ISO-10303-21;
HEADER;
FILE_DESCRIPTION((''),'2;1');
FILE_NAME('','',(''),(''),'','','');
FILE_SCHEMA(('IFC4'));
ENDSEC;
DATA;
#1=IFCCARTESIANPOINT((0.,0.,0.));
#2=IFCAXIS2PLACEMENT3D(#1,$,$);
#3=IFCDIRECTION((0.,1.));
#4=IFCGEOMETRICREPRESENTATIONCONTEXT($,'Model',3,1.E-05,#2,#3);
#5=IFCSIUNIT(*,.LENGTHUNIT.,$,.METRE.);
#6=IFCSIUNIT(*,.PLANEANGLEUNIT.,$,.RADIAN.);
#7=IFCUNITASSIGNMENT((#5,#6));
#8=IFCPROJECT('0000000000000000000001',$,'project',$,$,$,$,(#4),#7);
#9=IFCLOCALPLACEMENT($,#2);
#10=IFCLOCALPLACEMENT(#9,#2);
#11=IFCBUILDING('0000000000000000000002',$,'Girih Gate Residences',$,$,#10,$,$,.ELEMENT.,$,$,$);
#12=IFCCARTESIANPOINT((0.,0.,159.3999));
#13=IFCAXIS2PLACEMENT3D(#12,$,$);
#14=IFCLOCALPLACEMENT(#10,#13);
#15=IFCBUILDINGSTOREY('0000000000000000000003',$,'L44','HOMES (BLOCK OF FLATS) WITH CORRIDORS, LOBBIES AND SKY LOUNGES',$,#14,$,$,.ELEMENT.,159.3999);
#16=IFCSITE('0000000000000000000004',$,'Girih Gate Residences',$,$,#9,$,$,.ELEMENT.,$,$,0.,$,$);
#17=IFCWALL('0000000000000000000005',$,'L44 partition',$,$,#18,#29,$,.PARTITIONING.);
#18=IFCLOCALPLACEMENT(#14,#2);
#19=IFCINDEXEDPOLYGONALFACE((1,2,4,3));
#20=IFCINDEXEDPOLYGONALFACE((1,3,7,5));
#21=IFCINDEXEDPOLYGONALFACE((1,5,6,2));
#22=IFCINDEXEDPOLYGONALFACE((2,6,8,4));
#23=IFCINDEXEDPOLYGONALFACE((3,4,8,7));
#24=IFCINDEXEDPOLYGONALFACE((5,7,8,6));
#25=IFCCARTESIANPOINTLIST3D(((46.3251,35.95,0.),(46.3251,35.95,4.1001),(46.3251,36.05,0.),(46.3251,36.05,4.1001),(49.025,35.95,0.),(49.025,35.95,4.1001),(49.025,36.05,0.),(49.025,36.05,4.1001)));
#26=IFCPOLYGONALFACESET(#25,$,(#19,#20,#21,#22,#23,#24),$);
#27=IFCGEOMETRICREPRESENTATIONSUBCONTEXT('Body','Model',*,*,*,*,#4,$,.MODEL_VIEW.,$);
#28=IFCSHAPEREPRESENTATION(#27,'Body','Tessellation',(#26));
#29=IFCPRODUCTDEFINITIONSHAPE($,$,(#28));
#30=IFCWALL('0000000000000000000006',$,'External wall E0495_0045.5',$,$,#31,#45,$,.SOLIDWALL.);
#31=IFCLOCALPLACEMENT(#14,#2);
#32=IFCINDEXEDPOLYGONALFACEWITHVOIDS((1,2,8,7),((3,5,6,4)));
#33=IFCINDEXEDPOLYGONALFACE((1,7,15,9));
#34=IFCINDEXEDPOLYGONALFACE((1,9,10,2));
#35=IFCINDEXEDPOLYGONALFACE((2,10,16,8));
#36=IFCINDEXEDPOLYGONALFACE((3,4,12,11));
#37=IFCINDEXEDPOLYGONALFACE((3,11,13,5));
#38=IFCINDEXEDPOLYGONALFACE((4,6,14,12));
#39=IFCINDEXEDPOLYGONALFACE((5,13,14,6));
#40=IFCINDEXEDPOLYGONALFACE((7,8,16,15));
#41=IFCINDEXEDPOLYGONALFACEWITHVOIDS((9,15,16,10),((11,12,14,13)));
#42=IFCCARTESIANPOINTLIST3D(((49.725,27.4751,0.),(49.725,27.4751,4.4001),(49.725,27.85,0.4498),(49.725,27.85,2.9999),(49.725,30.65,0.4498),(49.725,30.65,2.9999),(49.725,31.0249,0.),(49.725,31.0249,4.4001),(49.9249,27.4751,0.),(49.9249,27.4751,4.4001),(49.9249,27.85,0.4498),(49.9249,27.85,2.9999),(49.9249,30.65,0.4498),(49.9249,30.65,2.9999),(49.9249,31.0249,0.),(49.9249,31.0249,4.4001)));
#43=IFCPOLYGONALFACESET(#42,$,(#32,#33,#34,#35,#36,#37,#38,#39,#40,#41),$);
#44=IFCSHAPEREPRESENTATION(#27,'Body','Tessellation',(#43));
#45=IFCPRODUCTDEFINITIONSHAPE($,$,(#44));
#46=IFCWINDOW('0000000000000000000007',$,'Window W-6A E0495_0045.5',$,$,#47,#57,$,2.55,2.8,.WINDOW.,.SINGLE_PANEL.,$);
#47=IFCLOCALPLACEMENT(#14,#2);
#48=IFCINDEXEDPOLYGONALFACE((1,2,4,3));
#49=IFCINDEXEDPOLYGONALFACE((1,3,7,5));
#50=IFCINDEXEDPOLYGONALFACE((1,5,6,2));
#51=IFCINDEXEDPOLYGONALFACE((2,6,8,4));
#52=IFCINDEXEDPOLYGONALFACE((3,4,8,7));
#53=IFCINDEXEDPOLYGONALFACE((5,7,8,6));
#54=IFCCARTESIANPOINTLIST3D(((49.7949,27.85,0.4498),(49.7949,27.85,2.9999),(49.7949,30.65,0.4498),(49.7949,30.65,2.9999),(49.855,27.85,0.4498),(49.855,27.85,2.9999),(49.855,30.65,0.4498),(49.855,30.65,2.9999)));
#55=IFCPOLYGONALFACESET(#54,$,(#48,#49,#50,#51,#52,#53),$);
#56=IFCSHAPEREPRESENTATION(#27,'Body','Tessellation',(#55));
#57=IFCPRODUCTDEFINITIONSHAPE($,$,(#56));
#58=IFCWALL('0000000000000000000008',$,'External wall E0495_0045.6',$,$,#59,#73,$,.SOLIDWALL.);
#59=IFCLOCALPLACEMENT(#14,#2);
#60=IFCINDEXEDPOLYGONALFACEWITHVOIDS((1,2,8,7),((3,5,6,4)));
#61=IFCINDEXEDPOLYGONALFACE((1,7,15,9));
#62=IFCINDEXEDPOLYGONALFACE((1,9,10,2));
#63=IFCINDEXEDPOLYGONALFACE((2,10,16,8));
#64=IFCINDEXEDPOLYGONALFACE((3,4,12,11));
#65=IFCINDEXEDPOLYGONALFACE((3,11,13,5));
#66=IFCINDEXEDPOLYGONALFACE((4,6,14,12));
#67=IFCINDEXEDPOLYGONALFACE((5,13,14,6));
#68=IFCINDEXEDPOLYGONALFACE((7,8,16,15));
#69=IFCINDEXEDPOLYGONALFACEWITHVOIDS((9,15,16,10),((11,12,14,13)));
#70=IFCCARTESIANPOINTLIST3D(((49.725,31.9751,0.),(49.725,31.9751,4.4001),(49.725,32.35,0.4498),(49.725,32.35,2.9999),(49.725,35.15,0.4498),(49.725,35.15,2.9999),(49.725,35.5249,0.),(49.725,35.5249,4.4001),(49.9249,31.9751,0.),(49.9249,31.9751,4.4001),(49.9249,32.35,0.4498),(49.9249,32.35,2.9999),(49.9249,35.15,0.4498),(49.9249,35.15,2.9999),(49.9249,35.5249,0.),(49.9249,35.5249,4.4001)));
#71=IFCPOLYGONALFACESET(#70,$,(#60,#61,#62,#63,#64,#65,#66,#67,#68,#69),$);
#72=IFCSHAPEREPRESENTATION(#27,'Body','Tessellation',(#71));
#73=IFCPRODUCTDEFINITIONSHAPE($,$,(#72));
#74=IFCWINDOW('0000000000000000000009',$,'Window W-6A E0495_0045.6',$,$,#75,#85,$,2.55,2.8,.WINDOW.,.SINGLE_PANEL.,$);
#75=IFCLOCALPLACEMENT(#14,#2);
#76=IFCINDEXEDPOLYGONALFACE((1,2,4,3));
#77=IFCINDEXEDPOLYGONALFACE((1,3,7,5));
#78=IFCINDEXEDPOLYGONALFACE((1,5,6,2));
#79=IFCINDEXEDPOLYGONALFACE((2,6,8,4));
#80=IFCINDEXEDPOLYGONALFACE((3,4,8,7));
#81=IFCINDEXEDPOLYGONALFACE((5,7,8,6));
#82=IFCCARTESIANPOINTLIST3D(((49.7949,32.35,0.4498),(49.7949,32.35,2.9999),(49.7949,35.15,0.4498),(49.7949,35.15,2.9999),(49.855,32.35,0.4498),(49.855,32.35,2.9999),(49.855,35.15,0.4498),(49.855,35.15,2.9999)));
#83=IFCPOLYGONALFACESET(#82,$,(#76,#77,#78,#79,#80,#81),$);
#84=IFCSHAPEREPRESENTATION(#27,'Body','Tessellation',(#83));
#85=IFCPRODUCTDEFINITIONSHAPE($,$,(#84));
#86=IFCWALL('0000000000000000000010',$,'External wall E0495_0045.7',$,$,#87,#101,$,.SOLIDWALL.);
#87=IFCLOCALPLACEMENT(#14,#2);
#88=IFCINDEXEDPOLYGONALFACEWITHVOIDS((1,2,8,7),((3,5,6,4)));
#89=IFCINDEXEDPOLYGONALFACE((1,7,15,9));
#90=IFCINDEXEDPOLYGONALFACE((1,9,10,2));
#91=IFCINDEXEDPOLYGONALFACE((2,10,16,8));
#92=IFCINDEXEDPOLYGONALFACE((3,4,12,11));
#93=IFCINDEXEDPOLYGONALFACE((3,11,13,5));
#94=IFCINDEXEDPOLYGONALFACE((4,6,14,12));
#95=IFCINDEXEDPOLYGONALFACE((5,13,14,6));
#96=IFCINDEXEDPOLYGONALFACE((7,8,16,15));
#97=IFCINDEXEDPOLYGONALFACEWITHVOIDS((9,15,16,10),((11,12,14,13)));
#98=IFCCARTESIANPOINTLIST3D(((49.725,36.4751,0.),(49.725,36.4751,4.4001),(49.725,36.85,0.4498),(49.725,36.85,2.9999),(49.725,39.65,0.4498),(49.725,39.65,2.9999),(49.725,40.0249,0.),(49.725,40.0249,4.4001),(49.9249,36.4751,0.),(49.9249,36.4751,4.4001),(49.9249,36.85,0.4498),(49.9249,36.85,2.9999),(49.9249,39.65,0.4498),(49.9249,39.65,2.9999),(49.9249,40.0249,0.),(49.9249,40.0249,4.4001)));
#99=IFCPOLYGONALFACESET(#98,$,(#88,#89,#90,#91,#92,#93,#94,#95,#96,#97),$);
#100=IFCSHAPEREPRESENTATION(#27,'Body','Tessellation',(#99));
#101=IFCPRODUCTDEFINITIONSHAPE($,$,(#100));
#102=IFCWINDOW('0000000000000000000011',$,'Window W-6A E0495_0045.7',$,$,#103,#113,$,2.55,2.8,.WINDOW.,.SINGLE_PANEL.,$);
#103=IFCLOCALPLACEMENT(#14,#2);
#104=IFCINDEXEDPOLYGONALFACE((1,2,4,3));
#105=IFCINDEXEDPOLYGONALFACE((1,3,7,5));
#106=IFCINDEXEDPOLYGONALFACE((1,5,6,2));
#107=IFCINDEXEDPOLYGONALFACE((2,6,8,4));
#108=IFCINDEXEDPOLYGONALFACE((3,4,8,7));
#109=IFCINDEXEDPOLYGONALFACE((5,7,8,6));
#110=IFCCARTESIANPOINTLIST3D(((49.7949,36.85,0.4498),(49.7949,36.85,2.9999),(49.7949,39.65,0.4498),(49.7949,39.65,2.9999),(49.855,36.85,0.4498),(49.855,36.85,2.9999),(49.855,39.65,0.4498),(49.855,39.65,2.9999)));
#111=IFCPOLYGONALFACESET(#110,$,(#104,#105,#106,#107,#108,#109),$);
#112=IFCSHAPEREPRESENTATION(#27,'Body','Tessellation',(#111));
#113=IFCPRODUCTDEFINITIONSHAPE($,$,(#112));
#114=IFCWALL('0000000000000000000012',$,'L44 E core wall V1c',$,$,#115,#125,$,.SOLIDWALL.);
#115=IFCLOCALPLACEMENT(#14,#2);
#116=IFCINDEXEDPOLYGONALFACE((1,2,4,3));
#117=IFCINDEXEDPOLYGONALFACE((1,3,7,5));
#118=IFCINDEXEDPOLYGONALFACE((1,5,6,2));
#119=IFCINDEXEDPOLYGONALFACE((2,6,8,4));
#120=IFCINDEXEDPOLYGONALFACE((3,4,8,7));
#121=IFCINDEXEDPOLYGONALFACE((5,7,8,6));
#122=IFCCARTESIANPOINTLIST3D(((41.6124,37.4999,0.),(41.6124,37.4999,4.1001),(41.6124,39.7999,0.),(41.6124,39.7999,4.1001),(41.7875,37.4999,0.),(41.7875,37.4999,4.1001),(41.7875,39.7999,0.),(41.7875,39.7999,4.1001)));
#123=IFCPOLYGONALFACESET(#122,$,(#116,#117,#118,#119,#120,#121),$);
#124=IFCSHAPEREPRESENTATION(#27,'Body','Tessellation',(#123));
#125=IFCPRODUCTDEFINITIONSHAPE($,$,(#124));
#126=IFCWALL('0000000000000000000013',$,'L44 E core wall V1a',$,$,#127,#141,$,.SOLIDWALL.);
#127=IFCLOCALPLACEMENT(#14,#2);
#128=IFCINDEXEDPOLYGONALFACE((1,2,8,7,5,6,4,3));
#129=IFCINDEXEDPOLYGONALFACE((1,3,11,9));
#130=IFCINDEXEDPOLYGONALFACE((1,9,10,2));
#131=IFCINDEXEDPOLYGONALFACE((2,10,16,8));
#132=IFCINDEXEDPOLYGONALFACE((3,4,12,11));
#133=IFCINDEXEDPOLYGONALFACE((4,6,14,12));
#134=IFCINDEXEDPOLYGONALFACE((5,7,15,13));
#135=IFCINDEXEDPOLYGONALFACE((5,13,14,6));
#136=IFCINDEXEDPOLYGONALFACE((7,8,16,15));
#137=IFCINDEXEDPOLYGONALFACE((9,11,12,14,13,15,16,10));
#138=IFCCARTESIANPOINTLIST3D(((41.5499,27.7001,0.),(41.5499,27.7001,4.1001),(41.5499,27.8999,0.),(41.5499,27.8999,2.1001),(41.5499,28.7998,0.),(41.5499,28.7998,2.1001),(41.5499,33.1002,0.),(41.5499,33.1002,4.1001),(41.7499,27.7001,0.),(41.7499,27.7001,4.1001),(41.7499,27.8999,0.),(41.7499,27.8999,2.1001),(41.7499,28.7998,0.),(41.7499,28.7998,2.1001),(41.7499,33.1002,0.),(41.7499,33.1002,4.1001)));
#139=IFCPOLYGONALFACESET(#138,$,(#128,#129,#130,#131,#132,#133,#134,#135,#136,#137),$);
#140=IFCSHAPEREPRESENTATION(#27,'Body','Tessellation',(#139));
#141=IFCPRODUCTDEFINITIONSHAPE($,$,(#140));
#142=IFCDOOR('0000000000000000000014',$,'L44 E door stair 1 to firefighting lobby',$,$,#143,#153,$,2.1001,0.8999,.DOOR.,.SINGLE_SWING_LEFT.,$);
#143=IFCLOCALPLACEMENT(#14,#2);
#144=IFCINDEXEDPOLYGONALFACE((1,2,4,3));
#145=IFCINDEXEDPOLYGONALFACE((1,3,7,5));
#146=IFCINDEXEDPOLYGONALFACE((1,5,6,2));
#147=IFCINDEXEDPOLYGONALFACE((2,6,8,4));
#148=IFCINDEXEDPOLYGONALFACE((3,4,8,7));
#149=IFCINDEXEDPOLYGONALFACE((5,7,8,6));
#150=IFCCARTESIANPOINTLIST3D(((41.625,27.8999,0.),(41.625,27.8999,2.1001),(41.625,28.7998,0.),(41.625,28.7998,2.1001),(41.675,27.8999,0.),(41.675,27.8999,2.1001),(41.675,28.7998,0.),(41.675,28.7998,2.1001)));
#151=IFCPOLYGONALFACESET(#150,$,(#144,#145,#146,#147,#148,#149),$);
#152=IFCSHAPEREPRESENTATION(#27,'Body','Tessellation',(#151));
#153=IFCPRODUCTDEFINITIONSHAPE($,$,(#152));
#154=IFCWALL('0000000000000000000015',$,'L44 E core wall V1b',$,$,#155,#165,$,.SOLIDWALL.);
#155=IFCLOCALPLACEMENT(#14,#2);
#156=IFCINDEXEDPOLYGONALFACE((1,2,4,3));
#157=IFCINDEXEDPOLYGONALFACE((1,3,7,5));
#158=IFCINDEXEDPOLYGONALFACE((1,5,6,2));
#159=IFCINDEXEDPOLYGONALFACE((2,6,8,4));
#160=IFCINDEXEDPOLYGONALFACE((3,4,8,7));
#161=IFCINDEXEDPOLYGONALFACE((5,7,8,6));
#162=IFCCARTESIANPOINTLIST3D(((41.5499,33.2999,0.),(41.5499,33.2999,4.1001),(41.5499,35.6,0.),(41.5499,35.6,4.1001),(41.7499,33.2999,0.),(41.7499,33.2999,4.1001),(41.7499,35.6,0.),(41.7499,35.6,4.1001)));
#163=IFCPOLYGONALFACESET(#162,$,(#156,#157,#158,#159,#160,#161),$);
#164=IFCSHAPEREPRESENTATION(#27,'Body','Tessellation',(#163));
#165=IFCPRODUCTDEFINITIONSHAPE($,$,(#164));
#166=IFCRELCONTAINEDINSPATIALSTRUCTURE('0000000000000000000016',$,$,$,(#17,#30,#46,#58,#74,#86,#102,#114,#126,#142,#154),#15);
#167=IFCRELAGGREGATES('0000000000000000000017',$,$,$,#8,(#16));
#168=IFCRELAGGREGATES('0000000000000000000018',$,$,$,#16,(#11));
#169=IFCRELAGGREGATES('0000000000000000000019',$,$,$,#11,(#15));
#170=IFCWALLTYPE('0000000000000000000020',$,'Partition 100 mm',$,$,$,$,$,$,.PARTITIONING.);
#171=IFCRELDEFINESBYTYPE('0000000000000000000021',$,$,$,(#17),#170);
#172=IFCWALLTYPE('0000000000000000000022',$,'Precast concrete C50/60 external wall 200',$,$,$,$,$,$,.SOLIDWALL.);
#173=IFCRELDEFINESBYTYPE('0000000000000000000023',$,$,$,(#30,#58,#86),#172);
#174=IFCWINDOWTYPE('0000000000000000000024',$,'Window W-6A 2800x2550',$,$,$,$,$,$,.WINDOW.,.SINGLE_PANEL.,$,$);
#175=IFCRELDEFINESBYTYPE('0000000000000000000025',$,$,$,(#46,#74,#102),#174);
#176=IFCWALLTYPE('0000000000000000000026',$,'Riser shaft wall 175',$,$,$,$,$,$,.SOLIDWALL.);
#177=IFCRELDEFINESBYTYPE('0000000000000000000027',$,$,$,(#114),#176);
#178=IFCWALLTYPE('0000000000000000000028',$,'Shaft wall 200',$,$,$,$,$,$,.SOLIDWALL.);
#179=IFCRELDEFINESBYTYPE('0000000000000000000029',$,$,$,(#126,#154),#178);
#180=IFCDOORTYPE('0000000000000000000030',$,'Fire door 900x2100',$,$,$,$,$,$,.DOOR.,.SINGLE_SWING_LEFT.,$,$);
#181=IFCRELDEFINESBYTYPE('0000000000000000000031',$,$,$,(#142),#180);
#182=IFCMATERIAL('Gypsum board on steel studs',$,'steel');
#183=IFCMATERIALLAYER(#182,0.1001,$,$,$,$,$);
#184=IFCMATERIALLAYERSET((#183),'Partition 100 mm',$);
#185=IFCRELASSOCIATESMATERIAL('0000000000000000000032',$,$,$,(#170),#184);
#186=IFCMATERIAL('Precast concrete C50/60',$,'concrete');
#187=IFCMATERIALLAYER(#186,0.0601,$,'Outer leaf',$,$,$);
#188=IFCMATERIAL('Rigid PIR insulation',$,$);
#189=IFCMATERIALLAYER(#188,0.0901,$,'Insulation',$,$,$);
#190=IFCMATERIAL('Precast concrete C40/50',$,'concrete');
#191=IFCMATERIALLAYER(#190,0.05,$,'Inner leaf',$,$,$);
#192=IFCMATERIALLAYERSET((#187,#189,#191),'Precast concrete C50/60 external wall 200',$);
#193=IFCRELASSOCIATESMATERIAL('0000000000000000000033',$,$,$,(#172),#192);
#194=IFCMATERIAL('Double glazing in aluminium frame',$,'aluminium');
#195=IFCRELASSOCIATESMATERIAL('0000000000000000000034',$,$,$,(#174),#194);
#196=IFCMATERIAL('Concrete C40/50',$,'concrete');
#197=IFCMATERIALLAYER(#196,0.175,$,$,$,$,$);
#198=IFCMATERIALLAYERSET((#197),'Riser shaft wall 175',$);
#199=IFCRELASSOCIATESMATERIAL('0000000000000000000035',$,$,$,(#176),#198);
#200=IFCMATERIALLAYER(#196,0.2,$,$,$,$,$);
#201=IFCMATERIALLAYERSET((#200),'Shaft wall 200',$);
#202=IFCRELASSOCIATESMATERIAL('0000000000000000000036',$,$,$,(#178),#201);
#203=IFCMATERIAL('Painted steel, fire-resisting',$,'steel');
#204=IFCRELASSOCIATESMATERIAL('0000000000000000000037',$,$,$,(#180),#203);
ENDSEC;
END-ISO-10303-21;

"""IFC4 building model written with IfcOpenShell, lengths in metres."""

from ifc_helpers import new_model, si_unit, direction, frame, frame_2d, origin, place, context, subcontext, project, spatial, rectangle, extrude, material, layer, layer_set, type_object, element, fill, save


model = new_model("IFC4")

# Units and contexts
model_context = context("Model", 3, precision=1e-05, world=origin(), true_north=direction((0.0, 1.0)))
body_context = subcontext(model_context, "Body", "Model", "MODEL_VIEW")
ifc_project = project(units=[si_unit("LENGTHUNIT", "METRE"), si_unit("PLANEANGLEUNIT", "RADIAN")], contexts=[model_context])

# Site, building, storey
site_placement = place(None, origin())
site = spatial("IfcSite", under=ifc_project, at=site_placement, Name="Girih Gate Residences", CompositionType="ELEMENT", RefElevation=0.0)
building_placement = place(site_placement, origin())
building = spatial("IfcBuilding", under=site, at=building_placement, Name="Girih Gate Residences", CompositionType="ELEMENT")
storey_placement = place(building_placement, frame((0.0, 0.0, 159.3999)))
storey = spatial("IfcBuildingStorey", under=building, at=storey_placement, Name="L44", Description="HOMES (BLOCK OF FLATS) WITH CORRIDORS, LOBBIES AND SKY LOUNGES", CompositionType="ELEMENT", Elevation=159.3999)

# Shared definitions
ifc_material_1 = material(Name="Gypsum board on steel studs", Category="steel")

# Shared definitions
ifc_material_2 = material(Name="Painted steel, fire-resisting", Category="steel")

# Wall
ifc_layer_1 = layer(ifc_material_1, 0.1001)
ifc_layer_set_1 = layer_set([ifc_layer_1], Name="Partition 100 mm")
wall_type_1 = type_object("IfcWallType", Name="Partition 100 mm", PredefinedType="PARTITIONING", material=ifc_layer_set_1)
wall_1_placement = place(storey_placement, frame((46.325, 36.0, 0.0), z_axis=(0.0, 0.0, 1.0), x_axis=(1.0, 0.0, 0.0)))
element("IfcWall", 1, at=wall_1_placement, inside=storey, type_object=wall_type_1, Name="L44 partition", PredefinedType="PARTITIONING", context=body_context, shape_type="SweptSolid", body=[
    extrude(rectangle(XDim=2.7, YDim=0.1001, at=frame_2d((1.3501, 0.0))), origin(), (0.0, 0.0, 1.0), 4.1001),
])

# Walls, openings, windows
ifc_material_3 = material(Name="Precast concrete C50/60", Category="concrete")
ifc_layer_2 = layer(ifc_material_3, 0.0601, Name="Outer leaf")
ifc_material_4 = material(Name="Rigid PIR insulation")
ifc_layer_3 = layer(ifc_material_4, 0.0901, Name="Insulation")
ifc_material_5 = material(Name="Precast concrete C40/50", Category="concrete")
ifc_layer_4 = layer(ifc_material_5, 0.05, Name="Inner leaf")
ifc_layer_set_2 = layer_set([ifc_layer_2, ifc_layer_3, ifc_layer_4], Name="Precast concrete C50/60 external wall 200")
wall_type_2 = type_object("IfcWallType", Name="Precast concrete C50/60 external wall 200", PredefinedType="SOLIDWALL", material=ifc_layer_set_2)
wall_2_placement = place(storey_placement, frame((49.825, 31.0249, 0.0), z_axis=(0.0, 0.0, 1.0), x_axis=(0.0, -1.0, 0.0)))
wall_2 = element("IfcWall", 2, at=wall_2_placement, inside=storey, type_object=wall_type_2, Name="External wall E0495_0045.5", PredefinedType="SOLIDWALL", context=body_context, shape_type="SweptSolid", body=[
    extrude(rectangle(XDim=3.5498, YDim=0.2, at=frame_2d((1.7749, 0.0))), origin(), (0.0, 0.0, 1.0), 4.4001),
])
opening_1_placement = place(wall_2_placement, frame((0.375, 0.0, 0.45)))
opening_1 = element("IfcOpeningElement", 3, at=opening_1_placement, cuts=wall_2, PredefinedType="OPENING", context=body_context, shape_type="SweptSolid", body=[
    extrude(rectangle(XDim=2.8, YDim=2.55, at=frame_2d((1.3999, 1.2749))), frame((0.0, 0.1099, 0.0), z_axis=(0.0, -1.0, 0.0), x_axis=(1.0, 0.0, 0.0)), (0.0, 0.0, 1.0), 0.22),
])
ifc_material_6 = material(Name="Double glazing in aluminium frame", Category="aluminium")
window_type = type_object("IfcWindowType", Name="Window W-6A 2800x2550", PartitioningType="SINGLE_PANEL", PredefinedType="WINDOW", material=ifc_material_6)
window_1_placement = place(opening_1_placement, origin())
window_1 = element("IfcWindow", 4, at=window_1_placement, inside=storey, type_object=window_type, Name="Window W-6A E0495_0045.5", OverallHeight=2.55, OverallWidth=2.8, PartitioningType="SINGLE_PANEL", PredefinedType="WINDOW", context=body_context, shape_type="SweptSolid", body=[
    extrude(rectangle(XDim=2.8, YDim=2.55, at=frame_2d((1.3999, 1.2749))), frame((0.0, 0.03, 0.0), z_axis=(0.0, -1.0, 0.0), x_axis=(1.0, 0.0, 0.0)), (0.0, 0.0, 1.0), 0.0601),
])
fill(opening_1, window_1)
wall_3_placement = place(storey_placement, frame((49.825, 35.5249, 0.0), z_axis=(0.0, 0.0, 1.0), x_axis=(0.0, -1.0, 0.0)))
wall_3 = element("IfcWall", 5, at=wall_3_placement, inside=storey, type_object=wall_type_2, Name="External wall E0495_0045.6", PredefinedType="SOLIDWALL", context=body_context, shape_type="SweptSolid", body=[
    extrude(rectangle(XDim=3.5498, YDim=0.2, at=frame_2d((1.7749, 0.0))), origin(), (0.0, 0.0, 1.0), 4.4001),
])
opening_2_placement = place(wall_3_placement, frame((0.375, 0.0, 0.45)))
opening_2 = element("IfcOpeningElement", 6, at=opening_2_placement, cuts=wall_3, PredefinedType="OPENING", context=body_context, shape_type="SweptSolid", body=[
    extrude(rectangle(XDim=2.8, YDim=2.55, at=frame_2d((1.3999, 1.2749))), frame((0.0, 0.1099, 0.0), z_axis=(0.0, -1.0, 0.0), x_axis=(1.0, 0.0, 0.0)), (0.0, 0.0, 1.0), 0.22),
])
window_2_placement = place(opening_2_placement, origin())
window_2 = element("IfcWindow", 7, at=window_2_placement, inside=storey, type_object=window_type, Name="Window W-6A E0495_0045.6", OverallHeight=2.55, OverallWidth=2.8, PartitioningType="SINGLE_PANEL", PredefinedType="WINDOW", context=body_context, shape_type="SweptSolid", body=[
    extrude(rectangle(XDim=2.8, YDim=2.55, at=frame_2d((1.3999, 1.2749))), frame((0.0, 0.03, 0.0), z_axis=(0.0, -1.0, 0.0), x_axis=(1.0, 0.0, 0.0)), (0.0, 0.0, 1.0), 0.0601),
])
fill(opening_2, window_2)
wall_4_placement = place(storey_placement, frame((49.825, 40.0249, 0.0), z_axis=(0.0, 0.0, 1.0), x_axis=(0.0, -1.0, 0.0)))
wall_4 = element("IfcWall", 8, at=wall_4_placement, inside=storey, type_object=wall_type_2, Name="External wall E0495_0045.7", PredefinedType="SOLIDWALL", context=body_context, shape_type="SweptSolid", body=[
    extrude(rectangle(XDim=3.5498, YDim=0.2, at=frame_2d((1.7749, 0.0))), origin(), (0.0, 0.0, 1.0), 4.4001),
])
opening_3_placement = place(wall_4_placement, frame((0.375, 0.0, 0.45)))
opening_3 = element("IfcOpeningElement", 9, at=opening_3_placement, cuts=wall_4, PredefinedType="OPENING", context=body_context, shape_type="SweptSolid", body=[
    extrude(rectangle(XDim=2.8, YDim=2.55, at=frame_2d((1.3999, 1.2749))), frame((0.0, 0.1099, 0.0), z_axis=(0.0, -1.0, 0.0), x_axis=(1.0, 0.0, 0.0)), (0.0, 0.0, 1.0), 0.22),
])
window_3_placement = place(opening_3_placement, origin())
window_3 = element("IfcWindow", 10, at=window_3_placement, inside=storey, type_object=window_type, Name="Window W-6A E0495_0045.7", OverallHeight=2.55, OverallWidth=2.8, PartitioningType="SINGLE_PANEL", PredefinedType="WINDOW", context=body_context, shape_type="SweptSolid", body=[
    extrude(rectangle(XDim=2.8, YDim=2.55, at=frame_2d((1.3999, 1.2749))), frame((0.0, 0.03, 0.0), z_axis=(0.0, -1.0, 0.0), x_axis=(1.0, 0.0, 0.0)), (0.0, 0.0, 1.0), 0.0601),
])
fill(opening_3, window_3)

# Wall
ifc_material_7 = material(Name="Concrete C40/50", Category="concrete")
ifc_layer_5 = layer(ifc_material_7, 0.175)
ifc_layer_set_3 = layer_set([ifc_layer_5], Name="Riser shaft wall 175")
wall_type_3 = type_object("IfcWallType", Name="Riser shaft wall 175", PredefinedType="SOLIDWALL", material=ifc_layer_set_3)
wall_5_placement = place(storey_placement, frame((41.7, 37.5, 0.0), z_axis=(0.0, 0.0, 1.0), x_axis=(0.0, 1.0, 0.0)))
element("IfcWall", 11, at=wall_5_placement, inside=storey, type_object=wall_type_3, Name="L44 E core wall V1c", PredefinedType="SOLIDWALL", context=body_context, shape_type="SweptSolid", body=[
    extrude(rectangle(XDim=2.3, YDim=0.175, at=frame_2d((1.1499, 0.0))), origin(), (0.0, 0.0, 1.0), 4.1001),
])

# Wall, opening, door
ifc_layer_6 = layer(ifc_material_7, 0.2)
ifc_layer_set_4 = layer_set([ifc_layer_6], Name="Shaft wall 200")
wall_type_4 = type_object("IfcWallType", Name="Shaft wall 200", PredefinedType="SOLIDWALL", material=ifc_layer_set_4)
wall_6_placement = place(storey_placement, frame((41.6499, 27.7, 0.0), z_axis=(0.0, 0.0, 1.0), x_axis=(0.0, 1.0, 0.0)))
wall_6 = element("IfcWall", 12, at=wall_6_placement, inside=storey, type_object=wall_type_4, Name="L44 E core wall V1a", PredefinedType="SOLIDWALL", context=body_context, shape_type="SweptSolid", body=[
    extrude(rectangle(XDim=5.4001, YDim=0.2, at=frame_2d((2.7002, 0.0))), origin(), (0.0, 0.0, 1.0), 4.1001),
])
opening_4_placement = place(wall_6_placement, frame((0.2, 0.0, 0.0)))
opening_4 = element("IfcOpeningElement", 13, at=opening_4_placement, cuts=wall_6, PredefinedType="OPENING", context=body_context, shape_type="SweptSolid", body=[
    extrude(rectangle(XDim=0.8999, YDim=2.1001, at=frame_2d((0.45, 1.05))), frame((0.0, 0.1099, 0.0), z_axis=(0.0, -1.0, 0.0), x_axis=(1.0, 0.0, 0.0)), (0.0, 0.0, 1.0), 0.22),
])
door_type_1 = type_object("IfcDoorType", Name="Fire door 900x2100", OperationType="SINGLE_SWING_LEFT", PredefinedType="DOOR", material=ifc_material_2)
door_1_placement = place(opening_4_placement, origin())
door_1 = element("IfcDoor", 14, at=door_1_placement, inside=storey, type_object=door_type_1, Name="L44 E door stair 1 to firefighting lobby", OperationType="SINGLE_SWING_LEFT", OverallHeight=2.1001, OverallWidth=0.8999, PredefinedType="DOOR", context=body_context, shape_type="SweptSolid", body=[
    extrude(rectangle(XDim=0.8999, YDim=2.1001, at=frame_2d((0.45, 1.05))), frame((0.0, 0.0249, 0.0), z_axis=(0.0, -1.0, 0.0), x_axis=(1.0, 0.0, 0.0)), (0.0, 0.0, 1.0), 0.05),
])
fill(opening_4, door_1)

# Wall
for number, where, z_axis, x_axis, name in (
    (15, (41.6499, 33.3, 0.0), (0.0, 0.0, 1.0), (0.0, 1.0, 0.0), "L44 E core wall V1b"),
):
    element("IfcWall", number, at=place(storey_placement, frame(where, z_axis=z_axis, x_axis=x_axis)), inside=storey, type_object=wall_type_4, Name=name, PredefinedType="SOLIDWALL", context=body_context, shape_type="SweptSolid", body=[
        extrude(rectangle(XDim=2.3, YDim=0.2, at=frame_2d((1.1499, 0.0))), origin(), (0.0, 0.0, 1.0), 4.1001),
    ])

save(model, "model.ifc")
